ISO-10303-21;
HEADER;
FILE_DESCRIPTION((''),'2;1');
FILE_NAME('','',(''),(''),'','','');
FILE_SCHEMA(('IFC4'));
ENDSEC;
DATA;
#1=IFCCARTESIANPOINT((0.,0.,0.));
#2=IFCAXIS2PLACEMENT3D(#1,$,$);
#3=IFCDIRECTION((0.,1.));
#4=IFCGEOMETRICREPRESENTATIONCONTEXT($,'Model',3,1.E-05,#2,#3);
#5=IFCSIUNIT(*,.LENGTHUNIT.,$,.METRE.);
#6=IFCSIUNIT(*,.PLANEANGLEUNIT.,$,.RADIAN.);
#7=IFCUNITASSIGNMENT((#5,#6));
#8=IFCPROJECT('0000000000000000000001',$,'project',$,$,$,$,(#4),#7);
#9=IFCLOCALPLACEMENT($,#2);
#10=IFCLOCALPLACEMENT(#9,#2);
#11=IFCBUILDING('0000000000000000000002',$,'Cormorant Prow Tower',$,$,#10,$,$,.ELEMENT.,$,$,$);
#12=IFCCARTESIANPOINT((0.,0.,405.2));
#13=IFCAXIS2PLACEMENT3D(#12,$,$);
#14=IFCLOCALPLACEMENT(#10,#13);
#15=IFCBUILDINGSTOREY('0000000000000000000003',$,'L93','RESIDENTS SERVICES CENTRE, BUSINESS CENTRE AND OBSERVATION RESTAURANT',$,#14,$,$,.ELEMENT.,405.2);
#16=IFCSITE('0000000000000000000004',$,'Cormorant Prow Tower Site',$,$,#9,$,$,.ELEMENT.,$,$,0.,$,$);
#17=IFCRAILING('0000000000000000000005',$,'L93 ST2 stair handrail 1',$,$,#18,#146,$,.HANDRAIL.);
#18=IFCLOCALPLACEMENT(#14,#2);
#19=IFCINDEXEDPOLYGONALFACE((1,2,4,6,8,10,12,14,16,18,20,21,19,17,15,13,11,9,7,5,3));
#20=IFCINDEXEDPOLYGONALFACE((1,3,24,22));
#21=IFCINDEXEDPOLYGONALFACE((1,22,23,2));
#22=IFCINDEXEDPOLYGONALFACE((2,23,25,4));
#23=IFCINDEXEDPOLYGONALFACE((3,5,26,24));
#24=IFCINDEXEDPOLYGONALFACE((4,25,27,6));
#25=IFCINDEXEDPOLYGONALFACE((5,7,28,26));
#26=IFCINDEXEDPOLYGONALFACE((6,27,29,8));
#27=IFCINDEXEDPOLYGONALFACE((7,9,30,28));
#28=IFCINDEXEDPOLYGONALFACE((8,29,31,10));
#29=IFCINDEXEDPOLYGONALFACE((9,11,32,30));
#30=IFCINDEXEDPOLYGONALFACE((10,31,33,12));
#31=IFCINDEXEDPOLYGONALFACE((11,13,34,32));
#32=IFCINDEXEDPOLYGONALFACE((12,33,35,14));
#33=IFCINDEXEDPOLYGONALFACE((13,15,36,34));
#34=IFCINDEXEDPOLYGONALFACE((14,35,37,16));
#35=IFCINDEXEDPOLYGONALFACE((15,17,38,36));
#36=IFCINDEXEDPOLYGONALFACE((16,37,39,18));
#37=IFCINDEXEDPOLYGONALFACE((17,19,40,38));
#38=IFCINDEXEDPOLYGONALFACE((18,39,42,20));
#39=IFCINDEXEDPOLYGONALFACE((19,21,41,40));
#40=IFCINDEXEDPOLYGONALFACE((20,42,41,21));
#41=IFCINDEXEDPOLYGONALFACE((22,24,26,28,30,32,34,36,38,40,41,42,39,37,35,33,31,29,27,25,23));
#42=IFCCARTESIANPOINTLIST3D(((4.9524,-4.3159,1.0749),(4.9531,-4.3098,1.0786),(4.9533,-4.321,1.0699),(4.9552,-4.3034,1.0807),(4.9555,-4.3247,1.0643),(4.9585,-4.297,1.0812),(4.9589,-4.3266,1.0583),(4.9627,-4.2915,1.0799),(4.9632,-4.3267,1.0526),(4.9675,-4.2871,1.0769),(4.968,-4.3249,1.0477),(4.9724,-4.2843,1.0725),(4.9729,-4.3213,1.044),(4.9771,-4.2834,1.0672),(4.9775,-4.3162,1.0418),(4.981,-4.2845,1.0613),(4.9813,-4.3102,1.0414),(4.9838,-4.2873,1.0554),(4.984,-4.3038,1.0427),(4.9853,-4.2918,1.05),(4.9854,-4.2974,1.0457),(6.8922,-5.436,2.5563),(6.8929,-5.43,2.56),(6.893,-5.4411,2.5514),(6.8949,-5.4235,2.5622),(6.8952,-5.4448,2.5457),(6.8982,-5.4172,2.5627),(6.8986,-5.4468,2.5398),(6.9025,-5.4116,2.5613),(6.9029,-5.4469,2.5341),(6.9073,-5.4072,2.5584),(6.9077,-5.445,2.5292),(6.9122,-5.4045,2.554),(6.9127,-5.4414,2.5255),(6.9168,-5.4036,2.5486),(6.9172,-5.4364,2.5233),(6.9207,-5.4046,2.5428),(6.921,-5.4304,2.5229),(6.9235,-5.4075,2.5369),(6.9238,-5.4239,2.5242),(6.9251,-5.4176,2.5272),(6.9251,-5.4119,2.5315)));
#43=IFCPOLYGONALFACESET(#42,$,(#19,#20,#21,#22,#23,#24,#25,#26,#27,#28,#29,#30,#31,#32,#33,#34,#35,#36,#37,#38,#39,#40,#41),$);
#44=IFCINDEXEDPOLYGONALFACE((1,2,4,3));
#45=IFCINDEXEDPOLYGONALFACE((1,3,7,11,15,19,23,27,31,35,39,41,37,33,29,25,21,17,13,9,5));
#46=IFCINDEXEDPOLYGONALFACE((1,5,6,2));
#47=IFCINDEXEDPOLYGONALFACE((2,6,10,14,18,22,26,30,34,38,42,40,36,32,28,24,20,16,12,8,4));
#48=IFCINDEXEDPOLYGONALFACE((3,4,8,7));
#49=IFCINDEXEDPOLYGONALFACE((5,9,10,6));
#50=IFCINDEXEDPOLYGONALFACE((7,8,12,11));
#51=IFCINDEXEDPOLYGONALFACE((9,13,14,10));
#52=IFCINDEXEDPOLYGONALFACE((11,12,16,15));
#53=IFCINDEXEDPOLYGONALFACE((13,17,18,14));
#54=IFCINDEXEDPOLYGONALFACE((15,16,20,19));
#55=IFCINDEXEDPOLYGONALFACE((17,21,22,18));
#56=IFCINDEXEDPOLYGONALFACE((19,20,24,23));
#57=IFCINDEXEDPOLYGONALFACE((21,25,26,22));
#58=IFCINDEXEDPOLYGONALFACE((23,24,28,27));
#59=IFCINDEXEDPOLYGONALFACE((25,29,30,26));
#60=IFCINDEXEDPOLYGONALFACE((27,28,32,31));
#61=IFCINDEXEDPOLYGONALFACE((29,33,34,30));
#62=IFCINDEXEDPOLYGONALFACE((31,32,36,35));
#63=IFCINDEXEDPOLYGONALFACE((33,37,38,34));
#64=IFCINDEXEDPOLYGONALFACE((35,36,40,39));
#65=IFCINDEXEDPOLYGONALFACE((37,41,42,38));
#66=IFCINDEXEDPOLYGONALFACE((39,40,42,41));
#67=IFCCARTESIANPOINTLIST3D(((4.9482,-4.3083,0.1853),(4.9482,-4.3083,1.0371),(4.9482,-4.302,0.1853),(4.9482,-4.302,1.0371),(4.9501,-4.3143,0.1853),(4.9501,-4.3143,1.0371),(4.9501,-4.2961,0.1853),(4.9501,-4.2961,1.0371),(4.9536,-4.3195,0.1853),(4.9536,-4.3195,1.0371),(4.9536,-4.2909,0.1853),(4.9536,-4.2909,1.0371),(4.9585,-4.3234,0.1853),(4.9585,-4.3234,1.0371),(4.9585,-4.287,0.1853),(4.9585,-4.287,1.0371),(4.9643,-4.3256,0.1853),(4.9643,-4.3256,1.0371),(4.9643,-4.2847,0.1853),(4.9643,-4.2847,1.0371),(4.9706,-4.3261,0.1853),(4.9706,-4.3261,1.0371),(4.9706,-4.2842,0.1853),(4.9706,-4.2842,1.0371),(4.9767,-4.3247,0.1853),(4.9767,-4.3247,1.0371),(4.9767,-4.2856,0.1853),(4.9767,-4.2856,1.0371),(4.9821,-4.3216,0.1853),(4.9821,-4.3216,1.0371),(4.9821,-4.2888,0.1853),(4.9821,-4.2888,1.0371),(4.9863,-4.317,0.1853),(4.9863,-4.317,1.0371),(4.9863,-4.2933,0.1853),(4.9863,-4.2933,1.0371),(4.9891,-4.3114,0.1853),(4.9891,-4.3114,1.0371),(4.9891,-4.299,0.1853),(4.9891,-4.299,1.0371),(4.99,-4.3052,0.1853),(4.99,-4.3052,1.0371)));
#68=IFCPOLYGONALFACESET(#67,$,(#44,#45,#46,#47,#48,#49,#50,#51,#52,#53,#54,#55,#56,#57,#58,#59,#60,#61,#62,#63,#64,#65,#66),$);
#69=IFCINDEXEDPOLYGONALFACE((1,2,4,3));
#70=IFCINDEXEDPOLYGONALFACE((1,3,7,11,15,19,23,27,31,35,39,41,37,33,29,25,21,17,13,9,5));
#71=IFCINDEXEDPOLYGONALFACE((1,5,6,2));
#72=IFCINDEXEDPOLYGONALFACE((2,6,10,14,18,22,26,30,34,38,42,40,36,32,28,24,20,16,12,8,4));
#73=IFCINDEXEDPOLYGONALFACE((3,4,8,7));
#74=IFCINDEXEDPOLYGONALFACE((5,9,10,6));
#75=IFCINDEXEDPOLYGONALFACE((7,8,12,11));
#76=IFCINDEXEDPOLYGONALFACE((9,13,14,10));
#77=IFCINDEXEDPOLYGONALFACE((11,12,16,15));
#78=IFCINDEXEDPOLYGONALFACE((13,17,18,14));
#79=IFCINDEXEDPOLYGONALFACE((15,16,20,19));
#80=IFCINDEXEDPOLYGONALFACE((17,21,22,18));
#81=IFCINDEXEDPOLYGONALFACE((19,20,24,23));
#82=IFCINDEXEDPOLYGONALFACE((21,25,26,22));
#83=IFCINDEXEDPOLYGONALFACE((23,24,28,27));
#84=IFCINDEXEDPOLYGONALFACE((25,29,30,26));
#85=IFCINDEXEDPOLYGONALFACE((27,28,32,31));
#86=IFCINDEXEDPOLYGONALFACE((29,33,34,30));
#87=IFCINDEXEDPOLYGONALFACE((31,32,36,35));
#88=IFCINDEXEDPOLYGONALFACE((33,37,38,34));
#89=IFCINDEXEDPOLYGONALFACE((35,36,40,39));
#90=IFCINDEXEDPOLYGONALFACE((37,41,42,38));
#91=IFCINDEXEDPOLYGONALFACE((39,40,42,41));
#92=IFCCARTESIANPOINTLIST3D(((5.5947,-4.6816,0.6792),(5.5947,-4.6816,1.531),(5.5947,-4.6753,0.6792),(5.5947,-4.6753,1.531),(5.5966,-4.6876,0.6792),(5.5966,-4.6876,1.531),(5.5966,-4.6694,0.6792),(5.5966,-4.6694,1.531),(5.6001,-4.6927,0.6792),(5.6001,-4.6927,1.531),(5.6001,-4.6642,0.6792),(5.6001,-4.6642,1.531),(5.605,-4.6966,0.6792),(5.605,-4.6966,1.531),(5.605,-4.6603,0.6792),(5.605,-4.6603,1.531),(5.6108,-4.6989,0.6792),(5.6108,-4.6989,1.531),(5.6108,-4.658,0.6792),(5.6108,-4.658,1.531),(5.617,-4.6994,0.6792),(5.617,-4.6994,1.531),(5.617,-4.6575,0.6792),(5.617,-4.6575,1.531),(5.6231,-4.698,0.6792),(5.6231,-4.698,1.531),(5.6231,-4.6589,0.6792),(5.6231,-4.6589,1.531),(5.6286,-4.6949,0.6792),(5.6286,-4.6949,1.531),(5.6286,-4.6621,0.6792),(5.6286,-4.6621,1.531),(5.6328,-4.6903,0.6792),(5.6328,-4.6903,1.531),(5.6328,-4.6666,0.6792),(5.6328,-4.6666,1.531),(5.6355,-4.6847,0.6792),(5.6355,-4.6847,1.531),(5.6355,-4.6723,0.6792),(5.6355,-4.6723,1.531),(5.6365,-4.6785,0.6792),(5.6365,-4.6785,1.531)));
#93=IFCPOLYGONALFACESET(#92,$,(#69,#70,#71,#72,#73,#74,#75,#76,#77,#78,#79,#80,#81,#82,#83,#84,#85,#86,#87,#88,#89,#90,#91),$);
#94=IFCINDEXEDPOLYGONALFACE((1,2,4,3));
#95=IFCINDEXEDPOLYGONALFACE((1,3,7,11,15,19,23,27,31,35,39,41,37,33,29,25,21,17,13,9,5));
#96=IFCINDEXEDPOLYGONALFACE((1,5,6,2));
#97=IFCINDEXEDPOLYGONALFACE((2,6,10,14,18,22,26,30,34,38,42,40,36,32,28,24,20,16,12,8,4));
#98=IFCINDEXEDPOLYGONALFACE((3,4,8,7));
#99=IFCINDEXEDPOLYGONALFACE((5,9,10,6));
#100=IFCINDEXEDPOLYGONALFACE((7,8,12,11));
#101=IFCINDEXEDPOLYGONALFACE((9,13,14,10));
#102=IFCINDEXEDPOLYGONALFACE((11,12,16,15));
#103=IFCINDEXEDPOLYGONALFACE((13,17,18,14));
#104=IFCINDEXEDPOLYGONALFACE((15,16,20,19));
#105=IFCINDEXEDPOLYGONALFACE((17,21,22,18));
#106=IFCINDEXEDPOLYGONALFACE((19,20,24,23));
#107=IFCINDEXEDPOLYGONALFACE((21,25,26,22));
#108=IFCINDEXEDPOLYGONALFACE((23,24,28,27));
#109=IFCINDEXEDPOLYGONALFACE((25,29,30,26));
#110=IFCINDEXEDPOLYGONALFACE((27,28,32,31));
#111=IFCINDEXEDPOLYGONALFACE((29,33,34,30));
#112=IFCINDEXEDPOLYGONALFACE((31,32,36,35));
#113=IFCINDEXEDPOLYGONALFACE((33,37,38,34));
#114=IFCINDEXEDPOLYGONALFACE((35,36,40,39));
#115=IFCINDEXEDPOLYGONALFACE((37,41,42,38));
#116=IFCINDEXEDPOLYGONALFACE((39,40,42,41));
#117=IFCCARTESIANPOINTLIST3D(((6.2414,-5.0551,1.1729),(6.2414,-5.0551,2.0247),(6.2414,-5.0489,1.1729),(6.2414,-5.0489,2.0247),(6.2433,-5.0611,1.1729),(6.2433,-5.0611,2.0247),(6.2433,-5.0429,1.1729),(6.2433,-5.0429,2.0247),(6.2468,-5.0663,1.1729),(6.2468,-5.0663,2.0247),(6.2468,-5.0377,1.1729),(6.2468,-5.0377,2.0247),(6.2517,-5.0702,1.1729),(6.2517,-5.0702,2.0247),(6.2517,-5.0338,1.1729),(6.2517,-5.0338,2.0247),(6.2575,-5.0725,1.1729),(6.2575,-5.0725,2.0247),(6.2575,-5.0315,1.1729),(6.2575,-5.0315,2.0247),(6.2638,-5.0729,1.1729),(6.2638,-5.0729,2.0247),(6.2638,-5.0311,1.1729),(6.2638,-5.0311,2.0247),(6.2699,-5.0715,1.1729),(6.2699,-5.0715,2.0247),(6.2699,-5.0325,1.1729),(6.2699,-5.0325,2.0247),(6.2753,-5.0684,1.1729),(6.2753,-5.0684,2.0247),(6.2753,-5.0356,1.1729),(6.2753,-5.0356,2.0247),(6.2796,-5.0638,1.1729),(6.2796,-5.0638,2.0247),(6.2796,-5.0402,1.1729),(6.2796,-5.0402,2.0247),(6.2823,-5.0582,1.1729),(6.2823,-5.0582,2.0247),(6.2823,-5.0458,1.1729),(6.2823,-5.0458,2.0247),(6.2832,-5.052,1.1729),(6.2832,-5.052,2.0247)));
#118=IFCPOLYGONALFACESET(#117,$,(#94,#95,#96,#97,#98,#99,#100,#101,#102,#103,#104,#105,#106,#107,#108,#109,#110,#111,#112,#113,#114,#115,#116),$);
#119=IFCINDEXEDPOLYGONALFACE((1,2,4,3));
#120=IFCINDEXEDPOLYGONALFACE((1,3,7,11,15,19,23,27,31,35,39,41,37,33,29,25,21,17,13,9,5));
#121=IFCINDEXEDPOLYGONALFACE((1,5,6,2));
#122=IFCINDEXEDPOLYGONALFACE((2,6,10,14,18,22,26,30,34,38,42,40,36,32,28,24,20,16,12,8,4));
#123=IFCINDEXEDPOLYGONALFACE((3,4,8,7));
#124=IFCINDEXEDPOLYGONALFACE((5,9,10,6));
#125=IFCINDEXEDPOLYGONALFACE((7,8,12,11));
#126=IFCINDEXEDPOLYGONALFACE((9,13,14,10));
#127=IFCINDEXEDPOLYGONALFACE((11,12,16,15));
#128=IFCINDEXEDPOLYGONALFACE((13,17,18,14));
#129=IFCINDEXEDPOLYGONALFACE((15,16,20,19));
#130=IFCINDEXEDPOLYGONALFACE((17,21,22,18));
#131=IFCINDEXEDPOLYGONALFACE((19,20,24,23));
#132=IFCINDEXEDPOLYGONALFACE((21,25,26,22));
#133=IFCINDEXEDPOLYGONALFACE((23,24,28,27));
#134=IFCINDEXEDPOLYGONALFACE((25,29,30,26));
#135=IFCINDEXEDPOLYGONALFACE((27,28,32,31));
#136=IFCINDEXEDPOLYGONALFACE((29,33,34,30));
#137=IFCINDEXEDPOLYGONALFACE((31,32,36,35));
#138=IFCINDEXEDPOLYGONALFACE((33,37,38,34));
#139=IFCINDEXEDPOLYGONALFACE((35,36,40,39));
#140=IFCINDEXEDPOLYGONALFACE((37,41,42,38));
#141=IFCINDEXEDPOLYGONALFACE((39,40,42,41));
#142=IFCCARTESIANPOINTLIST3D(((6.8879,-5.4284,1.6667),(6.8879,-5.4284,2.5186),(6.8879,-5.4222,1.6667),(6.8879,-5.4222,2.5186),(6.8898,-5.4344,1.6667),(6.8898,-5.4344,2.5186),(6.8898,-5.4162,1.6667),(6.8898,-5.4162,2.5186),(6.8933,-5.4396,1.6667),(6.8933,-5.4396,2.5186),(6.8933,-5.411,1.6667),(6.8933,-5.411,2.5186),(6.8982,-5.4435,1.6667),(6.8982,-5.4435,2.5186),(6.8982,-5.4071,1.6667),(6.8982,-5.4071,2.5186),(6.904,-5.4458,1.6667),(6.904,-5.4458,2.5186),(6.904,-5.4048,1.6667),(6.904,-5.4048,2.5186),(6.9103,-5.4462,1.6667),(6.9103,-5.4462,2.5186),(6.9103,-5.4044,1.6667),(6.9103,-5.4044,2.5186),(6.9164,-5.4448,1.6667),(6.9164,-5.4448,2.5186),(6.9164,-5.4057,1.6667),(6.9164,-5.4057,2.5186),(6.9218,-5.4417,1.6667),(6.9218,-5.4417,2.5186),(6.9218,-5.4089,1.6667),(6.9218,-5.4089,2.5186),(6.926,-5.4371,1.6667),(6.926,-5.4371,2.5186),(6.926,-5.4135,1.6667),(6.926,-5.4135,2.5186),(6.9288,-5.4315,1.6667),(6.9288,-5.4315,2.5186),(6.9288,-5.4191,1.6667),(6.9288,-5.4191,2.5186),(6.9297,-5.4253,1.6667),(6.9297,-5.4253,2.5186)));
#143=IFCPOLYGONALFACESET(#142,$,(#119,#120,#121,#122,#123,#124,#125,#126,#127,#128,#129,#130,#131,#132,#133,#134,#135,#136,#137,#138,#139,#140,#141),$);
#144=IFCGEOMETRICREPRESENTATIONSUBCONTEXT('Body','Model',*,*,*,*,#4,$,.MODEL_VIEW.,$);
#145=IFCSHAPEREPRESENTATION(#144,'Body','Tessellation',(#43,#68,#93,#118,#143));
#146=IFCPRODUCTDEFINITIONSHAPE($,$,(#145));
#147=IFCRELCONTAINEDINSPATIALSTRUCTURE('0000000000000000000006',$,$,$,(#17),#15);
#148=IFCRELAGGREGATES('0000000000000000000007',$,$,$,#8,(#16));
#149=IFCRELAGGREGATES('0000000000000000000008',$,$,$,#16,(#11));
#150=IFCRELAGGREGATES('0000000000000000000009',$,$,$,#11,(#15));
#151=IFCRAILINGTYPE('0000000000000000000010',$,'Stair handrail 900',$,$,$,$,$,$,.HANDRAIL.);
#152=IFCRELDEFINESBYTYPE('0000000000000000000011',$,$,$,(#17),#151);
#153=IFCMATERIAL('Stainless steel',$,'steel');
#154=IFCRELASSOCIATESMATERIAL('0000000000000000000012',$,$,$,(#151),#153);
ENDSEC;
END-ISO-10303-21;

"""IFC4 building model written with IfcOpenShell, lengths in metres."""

from ifc_helpers import new_model, si_unit, direction, frame, origin, origin_2d, place, context, subcontext, project, spatial, circle, extrude, material, type_object, element, save


model = new_model("IFC4")

# Units and contexts
model_context = context("Model", 3, precision=1e-05, world=origin(), true_north=direction((0.0, 1.0)))
body_context = subcontext(model_context, "Body", "Model", "MODEL_VIEW")
ifc_project = project(units=[si_unit("LENGTHUNIT", "METRE"), si_unit("PLANEANGLEUNIT", "RADIAN")], contexts=[model_context])

# Site, building, storey
site_placement = place(None, origin())
site = spatial("IfcSite", under=ifc_project, at=site_placement, Name="Cormorant Prow Tower Site", CompositionType="ELEMENT", RefElevation=0.0)
building_placement = place(site_placement, origin())
building = spatial("IfcBuilding", under=site, at=building_placement, Name="Cormorant Prow Tower", CompositionType="ELEMENT")
storey_placement = place(building_placement, frame((0.0, 0.0, 405.2)))
storey = spatial("IfcBuildingStorey", under=building, at=storey_placement, Name="L93", Description="RESIDENTS SERVICES CENTRE, BUSINESS CENTRE AND OBSERVATION RESTAURANT", CompositionType="ELEMENT", Elevation=405.2)

# Railing
ifc_material_1 = material(Name="Stainless steel", Category="steel")
railing_type_1 = type_object("IfcRailingType", Name="Stair handrail 900", PredefinedType="HANDRAIL", material=ifc_material_1)
railing_1_placement = place(storey_placement, frame((4.969, -4.3052, 0.1853)))
element("IfcRailing", 1, at=railing_1_placement, inside=storey, type_object=railing_type_1, Name="L93 ST2 stair handrail 1", PredefinedType="HANDRAIL", context=body_context, shape_type="SweptSolid", body=[
    extrude(circle(Radius=0.0239, at=origin_2d()), frame((0.0, 0.0, 0.876), z_axis=(0.722292, -0.417102, 0.551651), x_axis=(0.500078, 0.86598, 0.0)), (0.0, 0.0, 1.0), 2.6855),
    extrude(circle(Radius=0.021, at=origin_2d()), origin(), (0.0, 0.0, 1.0), 0.8518),
    extrude(circle(Radius=0.021, at=origin_2d()), frame((0.6465, -0.3733, 0.4939)), (0.0, 0.0, 1.0), 0.8518),
    extrude(circle(Radius=0.021, at=origin_2d()), frame((1.2932, -0.7468, 0.9875)), (0.0, 0.0, 1.0), 0.8518),
    extrude(circle(Radius=0.021, at=origin_2d()), frame((1.9397, -1.1201, 1.4814)), (0.0, 0.0, 1.0), 0.8518),
])

save(model, "model.ifc")
